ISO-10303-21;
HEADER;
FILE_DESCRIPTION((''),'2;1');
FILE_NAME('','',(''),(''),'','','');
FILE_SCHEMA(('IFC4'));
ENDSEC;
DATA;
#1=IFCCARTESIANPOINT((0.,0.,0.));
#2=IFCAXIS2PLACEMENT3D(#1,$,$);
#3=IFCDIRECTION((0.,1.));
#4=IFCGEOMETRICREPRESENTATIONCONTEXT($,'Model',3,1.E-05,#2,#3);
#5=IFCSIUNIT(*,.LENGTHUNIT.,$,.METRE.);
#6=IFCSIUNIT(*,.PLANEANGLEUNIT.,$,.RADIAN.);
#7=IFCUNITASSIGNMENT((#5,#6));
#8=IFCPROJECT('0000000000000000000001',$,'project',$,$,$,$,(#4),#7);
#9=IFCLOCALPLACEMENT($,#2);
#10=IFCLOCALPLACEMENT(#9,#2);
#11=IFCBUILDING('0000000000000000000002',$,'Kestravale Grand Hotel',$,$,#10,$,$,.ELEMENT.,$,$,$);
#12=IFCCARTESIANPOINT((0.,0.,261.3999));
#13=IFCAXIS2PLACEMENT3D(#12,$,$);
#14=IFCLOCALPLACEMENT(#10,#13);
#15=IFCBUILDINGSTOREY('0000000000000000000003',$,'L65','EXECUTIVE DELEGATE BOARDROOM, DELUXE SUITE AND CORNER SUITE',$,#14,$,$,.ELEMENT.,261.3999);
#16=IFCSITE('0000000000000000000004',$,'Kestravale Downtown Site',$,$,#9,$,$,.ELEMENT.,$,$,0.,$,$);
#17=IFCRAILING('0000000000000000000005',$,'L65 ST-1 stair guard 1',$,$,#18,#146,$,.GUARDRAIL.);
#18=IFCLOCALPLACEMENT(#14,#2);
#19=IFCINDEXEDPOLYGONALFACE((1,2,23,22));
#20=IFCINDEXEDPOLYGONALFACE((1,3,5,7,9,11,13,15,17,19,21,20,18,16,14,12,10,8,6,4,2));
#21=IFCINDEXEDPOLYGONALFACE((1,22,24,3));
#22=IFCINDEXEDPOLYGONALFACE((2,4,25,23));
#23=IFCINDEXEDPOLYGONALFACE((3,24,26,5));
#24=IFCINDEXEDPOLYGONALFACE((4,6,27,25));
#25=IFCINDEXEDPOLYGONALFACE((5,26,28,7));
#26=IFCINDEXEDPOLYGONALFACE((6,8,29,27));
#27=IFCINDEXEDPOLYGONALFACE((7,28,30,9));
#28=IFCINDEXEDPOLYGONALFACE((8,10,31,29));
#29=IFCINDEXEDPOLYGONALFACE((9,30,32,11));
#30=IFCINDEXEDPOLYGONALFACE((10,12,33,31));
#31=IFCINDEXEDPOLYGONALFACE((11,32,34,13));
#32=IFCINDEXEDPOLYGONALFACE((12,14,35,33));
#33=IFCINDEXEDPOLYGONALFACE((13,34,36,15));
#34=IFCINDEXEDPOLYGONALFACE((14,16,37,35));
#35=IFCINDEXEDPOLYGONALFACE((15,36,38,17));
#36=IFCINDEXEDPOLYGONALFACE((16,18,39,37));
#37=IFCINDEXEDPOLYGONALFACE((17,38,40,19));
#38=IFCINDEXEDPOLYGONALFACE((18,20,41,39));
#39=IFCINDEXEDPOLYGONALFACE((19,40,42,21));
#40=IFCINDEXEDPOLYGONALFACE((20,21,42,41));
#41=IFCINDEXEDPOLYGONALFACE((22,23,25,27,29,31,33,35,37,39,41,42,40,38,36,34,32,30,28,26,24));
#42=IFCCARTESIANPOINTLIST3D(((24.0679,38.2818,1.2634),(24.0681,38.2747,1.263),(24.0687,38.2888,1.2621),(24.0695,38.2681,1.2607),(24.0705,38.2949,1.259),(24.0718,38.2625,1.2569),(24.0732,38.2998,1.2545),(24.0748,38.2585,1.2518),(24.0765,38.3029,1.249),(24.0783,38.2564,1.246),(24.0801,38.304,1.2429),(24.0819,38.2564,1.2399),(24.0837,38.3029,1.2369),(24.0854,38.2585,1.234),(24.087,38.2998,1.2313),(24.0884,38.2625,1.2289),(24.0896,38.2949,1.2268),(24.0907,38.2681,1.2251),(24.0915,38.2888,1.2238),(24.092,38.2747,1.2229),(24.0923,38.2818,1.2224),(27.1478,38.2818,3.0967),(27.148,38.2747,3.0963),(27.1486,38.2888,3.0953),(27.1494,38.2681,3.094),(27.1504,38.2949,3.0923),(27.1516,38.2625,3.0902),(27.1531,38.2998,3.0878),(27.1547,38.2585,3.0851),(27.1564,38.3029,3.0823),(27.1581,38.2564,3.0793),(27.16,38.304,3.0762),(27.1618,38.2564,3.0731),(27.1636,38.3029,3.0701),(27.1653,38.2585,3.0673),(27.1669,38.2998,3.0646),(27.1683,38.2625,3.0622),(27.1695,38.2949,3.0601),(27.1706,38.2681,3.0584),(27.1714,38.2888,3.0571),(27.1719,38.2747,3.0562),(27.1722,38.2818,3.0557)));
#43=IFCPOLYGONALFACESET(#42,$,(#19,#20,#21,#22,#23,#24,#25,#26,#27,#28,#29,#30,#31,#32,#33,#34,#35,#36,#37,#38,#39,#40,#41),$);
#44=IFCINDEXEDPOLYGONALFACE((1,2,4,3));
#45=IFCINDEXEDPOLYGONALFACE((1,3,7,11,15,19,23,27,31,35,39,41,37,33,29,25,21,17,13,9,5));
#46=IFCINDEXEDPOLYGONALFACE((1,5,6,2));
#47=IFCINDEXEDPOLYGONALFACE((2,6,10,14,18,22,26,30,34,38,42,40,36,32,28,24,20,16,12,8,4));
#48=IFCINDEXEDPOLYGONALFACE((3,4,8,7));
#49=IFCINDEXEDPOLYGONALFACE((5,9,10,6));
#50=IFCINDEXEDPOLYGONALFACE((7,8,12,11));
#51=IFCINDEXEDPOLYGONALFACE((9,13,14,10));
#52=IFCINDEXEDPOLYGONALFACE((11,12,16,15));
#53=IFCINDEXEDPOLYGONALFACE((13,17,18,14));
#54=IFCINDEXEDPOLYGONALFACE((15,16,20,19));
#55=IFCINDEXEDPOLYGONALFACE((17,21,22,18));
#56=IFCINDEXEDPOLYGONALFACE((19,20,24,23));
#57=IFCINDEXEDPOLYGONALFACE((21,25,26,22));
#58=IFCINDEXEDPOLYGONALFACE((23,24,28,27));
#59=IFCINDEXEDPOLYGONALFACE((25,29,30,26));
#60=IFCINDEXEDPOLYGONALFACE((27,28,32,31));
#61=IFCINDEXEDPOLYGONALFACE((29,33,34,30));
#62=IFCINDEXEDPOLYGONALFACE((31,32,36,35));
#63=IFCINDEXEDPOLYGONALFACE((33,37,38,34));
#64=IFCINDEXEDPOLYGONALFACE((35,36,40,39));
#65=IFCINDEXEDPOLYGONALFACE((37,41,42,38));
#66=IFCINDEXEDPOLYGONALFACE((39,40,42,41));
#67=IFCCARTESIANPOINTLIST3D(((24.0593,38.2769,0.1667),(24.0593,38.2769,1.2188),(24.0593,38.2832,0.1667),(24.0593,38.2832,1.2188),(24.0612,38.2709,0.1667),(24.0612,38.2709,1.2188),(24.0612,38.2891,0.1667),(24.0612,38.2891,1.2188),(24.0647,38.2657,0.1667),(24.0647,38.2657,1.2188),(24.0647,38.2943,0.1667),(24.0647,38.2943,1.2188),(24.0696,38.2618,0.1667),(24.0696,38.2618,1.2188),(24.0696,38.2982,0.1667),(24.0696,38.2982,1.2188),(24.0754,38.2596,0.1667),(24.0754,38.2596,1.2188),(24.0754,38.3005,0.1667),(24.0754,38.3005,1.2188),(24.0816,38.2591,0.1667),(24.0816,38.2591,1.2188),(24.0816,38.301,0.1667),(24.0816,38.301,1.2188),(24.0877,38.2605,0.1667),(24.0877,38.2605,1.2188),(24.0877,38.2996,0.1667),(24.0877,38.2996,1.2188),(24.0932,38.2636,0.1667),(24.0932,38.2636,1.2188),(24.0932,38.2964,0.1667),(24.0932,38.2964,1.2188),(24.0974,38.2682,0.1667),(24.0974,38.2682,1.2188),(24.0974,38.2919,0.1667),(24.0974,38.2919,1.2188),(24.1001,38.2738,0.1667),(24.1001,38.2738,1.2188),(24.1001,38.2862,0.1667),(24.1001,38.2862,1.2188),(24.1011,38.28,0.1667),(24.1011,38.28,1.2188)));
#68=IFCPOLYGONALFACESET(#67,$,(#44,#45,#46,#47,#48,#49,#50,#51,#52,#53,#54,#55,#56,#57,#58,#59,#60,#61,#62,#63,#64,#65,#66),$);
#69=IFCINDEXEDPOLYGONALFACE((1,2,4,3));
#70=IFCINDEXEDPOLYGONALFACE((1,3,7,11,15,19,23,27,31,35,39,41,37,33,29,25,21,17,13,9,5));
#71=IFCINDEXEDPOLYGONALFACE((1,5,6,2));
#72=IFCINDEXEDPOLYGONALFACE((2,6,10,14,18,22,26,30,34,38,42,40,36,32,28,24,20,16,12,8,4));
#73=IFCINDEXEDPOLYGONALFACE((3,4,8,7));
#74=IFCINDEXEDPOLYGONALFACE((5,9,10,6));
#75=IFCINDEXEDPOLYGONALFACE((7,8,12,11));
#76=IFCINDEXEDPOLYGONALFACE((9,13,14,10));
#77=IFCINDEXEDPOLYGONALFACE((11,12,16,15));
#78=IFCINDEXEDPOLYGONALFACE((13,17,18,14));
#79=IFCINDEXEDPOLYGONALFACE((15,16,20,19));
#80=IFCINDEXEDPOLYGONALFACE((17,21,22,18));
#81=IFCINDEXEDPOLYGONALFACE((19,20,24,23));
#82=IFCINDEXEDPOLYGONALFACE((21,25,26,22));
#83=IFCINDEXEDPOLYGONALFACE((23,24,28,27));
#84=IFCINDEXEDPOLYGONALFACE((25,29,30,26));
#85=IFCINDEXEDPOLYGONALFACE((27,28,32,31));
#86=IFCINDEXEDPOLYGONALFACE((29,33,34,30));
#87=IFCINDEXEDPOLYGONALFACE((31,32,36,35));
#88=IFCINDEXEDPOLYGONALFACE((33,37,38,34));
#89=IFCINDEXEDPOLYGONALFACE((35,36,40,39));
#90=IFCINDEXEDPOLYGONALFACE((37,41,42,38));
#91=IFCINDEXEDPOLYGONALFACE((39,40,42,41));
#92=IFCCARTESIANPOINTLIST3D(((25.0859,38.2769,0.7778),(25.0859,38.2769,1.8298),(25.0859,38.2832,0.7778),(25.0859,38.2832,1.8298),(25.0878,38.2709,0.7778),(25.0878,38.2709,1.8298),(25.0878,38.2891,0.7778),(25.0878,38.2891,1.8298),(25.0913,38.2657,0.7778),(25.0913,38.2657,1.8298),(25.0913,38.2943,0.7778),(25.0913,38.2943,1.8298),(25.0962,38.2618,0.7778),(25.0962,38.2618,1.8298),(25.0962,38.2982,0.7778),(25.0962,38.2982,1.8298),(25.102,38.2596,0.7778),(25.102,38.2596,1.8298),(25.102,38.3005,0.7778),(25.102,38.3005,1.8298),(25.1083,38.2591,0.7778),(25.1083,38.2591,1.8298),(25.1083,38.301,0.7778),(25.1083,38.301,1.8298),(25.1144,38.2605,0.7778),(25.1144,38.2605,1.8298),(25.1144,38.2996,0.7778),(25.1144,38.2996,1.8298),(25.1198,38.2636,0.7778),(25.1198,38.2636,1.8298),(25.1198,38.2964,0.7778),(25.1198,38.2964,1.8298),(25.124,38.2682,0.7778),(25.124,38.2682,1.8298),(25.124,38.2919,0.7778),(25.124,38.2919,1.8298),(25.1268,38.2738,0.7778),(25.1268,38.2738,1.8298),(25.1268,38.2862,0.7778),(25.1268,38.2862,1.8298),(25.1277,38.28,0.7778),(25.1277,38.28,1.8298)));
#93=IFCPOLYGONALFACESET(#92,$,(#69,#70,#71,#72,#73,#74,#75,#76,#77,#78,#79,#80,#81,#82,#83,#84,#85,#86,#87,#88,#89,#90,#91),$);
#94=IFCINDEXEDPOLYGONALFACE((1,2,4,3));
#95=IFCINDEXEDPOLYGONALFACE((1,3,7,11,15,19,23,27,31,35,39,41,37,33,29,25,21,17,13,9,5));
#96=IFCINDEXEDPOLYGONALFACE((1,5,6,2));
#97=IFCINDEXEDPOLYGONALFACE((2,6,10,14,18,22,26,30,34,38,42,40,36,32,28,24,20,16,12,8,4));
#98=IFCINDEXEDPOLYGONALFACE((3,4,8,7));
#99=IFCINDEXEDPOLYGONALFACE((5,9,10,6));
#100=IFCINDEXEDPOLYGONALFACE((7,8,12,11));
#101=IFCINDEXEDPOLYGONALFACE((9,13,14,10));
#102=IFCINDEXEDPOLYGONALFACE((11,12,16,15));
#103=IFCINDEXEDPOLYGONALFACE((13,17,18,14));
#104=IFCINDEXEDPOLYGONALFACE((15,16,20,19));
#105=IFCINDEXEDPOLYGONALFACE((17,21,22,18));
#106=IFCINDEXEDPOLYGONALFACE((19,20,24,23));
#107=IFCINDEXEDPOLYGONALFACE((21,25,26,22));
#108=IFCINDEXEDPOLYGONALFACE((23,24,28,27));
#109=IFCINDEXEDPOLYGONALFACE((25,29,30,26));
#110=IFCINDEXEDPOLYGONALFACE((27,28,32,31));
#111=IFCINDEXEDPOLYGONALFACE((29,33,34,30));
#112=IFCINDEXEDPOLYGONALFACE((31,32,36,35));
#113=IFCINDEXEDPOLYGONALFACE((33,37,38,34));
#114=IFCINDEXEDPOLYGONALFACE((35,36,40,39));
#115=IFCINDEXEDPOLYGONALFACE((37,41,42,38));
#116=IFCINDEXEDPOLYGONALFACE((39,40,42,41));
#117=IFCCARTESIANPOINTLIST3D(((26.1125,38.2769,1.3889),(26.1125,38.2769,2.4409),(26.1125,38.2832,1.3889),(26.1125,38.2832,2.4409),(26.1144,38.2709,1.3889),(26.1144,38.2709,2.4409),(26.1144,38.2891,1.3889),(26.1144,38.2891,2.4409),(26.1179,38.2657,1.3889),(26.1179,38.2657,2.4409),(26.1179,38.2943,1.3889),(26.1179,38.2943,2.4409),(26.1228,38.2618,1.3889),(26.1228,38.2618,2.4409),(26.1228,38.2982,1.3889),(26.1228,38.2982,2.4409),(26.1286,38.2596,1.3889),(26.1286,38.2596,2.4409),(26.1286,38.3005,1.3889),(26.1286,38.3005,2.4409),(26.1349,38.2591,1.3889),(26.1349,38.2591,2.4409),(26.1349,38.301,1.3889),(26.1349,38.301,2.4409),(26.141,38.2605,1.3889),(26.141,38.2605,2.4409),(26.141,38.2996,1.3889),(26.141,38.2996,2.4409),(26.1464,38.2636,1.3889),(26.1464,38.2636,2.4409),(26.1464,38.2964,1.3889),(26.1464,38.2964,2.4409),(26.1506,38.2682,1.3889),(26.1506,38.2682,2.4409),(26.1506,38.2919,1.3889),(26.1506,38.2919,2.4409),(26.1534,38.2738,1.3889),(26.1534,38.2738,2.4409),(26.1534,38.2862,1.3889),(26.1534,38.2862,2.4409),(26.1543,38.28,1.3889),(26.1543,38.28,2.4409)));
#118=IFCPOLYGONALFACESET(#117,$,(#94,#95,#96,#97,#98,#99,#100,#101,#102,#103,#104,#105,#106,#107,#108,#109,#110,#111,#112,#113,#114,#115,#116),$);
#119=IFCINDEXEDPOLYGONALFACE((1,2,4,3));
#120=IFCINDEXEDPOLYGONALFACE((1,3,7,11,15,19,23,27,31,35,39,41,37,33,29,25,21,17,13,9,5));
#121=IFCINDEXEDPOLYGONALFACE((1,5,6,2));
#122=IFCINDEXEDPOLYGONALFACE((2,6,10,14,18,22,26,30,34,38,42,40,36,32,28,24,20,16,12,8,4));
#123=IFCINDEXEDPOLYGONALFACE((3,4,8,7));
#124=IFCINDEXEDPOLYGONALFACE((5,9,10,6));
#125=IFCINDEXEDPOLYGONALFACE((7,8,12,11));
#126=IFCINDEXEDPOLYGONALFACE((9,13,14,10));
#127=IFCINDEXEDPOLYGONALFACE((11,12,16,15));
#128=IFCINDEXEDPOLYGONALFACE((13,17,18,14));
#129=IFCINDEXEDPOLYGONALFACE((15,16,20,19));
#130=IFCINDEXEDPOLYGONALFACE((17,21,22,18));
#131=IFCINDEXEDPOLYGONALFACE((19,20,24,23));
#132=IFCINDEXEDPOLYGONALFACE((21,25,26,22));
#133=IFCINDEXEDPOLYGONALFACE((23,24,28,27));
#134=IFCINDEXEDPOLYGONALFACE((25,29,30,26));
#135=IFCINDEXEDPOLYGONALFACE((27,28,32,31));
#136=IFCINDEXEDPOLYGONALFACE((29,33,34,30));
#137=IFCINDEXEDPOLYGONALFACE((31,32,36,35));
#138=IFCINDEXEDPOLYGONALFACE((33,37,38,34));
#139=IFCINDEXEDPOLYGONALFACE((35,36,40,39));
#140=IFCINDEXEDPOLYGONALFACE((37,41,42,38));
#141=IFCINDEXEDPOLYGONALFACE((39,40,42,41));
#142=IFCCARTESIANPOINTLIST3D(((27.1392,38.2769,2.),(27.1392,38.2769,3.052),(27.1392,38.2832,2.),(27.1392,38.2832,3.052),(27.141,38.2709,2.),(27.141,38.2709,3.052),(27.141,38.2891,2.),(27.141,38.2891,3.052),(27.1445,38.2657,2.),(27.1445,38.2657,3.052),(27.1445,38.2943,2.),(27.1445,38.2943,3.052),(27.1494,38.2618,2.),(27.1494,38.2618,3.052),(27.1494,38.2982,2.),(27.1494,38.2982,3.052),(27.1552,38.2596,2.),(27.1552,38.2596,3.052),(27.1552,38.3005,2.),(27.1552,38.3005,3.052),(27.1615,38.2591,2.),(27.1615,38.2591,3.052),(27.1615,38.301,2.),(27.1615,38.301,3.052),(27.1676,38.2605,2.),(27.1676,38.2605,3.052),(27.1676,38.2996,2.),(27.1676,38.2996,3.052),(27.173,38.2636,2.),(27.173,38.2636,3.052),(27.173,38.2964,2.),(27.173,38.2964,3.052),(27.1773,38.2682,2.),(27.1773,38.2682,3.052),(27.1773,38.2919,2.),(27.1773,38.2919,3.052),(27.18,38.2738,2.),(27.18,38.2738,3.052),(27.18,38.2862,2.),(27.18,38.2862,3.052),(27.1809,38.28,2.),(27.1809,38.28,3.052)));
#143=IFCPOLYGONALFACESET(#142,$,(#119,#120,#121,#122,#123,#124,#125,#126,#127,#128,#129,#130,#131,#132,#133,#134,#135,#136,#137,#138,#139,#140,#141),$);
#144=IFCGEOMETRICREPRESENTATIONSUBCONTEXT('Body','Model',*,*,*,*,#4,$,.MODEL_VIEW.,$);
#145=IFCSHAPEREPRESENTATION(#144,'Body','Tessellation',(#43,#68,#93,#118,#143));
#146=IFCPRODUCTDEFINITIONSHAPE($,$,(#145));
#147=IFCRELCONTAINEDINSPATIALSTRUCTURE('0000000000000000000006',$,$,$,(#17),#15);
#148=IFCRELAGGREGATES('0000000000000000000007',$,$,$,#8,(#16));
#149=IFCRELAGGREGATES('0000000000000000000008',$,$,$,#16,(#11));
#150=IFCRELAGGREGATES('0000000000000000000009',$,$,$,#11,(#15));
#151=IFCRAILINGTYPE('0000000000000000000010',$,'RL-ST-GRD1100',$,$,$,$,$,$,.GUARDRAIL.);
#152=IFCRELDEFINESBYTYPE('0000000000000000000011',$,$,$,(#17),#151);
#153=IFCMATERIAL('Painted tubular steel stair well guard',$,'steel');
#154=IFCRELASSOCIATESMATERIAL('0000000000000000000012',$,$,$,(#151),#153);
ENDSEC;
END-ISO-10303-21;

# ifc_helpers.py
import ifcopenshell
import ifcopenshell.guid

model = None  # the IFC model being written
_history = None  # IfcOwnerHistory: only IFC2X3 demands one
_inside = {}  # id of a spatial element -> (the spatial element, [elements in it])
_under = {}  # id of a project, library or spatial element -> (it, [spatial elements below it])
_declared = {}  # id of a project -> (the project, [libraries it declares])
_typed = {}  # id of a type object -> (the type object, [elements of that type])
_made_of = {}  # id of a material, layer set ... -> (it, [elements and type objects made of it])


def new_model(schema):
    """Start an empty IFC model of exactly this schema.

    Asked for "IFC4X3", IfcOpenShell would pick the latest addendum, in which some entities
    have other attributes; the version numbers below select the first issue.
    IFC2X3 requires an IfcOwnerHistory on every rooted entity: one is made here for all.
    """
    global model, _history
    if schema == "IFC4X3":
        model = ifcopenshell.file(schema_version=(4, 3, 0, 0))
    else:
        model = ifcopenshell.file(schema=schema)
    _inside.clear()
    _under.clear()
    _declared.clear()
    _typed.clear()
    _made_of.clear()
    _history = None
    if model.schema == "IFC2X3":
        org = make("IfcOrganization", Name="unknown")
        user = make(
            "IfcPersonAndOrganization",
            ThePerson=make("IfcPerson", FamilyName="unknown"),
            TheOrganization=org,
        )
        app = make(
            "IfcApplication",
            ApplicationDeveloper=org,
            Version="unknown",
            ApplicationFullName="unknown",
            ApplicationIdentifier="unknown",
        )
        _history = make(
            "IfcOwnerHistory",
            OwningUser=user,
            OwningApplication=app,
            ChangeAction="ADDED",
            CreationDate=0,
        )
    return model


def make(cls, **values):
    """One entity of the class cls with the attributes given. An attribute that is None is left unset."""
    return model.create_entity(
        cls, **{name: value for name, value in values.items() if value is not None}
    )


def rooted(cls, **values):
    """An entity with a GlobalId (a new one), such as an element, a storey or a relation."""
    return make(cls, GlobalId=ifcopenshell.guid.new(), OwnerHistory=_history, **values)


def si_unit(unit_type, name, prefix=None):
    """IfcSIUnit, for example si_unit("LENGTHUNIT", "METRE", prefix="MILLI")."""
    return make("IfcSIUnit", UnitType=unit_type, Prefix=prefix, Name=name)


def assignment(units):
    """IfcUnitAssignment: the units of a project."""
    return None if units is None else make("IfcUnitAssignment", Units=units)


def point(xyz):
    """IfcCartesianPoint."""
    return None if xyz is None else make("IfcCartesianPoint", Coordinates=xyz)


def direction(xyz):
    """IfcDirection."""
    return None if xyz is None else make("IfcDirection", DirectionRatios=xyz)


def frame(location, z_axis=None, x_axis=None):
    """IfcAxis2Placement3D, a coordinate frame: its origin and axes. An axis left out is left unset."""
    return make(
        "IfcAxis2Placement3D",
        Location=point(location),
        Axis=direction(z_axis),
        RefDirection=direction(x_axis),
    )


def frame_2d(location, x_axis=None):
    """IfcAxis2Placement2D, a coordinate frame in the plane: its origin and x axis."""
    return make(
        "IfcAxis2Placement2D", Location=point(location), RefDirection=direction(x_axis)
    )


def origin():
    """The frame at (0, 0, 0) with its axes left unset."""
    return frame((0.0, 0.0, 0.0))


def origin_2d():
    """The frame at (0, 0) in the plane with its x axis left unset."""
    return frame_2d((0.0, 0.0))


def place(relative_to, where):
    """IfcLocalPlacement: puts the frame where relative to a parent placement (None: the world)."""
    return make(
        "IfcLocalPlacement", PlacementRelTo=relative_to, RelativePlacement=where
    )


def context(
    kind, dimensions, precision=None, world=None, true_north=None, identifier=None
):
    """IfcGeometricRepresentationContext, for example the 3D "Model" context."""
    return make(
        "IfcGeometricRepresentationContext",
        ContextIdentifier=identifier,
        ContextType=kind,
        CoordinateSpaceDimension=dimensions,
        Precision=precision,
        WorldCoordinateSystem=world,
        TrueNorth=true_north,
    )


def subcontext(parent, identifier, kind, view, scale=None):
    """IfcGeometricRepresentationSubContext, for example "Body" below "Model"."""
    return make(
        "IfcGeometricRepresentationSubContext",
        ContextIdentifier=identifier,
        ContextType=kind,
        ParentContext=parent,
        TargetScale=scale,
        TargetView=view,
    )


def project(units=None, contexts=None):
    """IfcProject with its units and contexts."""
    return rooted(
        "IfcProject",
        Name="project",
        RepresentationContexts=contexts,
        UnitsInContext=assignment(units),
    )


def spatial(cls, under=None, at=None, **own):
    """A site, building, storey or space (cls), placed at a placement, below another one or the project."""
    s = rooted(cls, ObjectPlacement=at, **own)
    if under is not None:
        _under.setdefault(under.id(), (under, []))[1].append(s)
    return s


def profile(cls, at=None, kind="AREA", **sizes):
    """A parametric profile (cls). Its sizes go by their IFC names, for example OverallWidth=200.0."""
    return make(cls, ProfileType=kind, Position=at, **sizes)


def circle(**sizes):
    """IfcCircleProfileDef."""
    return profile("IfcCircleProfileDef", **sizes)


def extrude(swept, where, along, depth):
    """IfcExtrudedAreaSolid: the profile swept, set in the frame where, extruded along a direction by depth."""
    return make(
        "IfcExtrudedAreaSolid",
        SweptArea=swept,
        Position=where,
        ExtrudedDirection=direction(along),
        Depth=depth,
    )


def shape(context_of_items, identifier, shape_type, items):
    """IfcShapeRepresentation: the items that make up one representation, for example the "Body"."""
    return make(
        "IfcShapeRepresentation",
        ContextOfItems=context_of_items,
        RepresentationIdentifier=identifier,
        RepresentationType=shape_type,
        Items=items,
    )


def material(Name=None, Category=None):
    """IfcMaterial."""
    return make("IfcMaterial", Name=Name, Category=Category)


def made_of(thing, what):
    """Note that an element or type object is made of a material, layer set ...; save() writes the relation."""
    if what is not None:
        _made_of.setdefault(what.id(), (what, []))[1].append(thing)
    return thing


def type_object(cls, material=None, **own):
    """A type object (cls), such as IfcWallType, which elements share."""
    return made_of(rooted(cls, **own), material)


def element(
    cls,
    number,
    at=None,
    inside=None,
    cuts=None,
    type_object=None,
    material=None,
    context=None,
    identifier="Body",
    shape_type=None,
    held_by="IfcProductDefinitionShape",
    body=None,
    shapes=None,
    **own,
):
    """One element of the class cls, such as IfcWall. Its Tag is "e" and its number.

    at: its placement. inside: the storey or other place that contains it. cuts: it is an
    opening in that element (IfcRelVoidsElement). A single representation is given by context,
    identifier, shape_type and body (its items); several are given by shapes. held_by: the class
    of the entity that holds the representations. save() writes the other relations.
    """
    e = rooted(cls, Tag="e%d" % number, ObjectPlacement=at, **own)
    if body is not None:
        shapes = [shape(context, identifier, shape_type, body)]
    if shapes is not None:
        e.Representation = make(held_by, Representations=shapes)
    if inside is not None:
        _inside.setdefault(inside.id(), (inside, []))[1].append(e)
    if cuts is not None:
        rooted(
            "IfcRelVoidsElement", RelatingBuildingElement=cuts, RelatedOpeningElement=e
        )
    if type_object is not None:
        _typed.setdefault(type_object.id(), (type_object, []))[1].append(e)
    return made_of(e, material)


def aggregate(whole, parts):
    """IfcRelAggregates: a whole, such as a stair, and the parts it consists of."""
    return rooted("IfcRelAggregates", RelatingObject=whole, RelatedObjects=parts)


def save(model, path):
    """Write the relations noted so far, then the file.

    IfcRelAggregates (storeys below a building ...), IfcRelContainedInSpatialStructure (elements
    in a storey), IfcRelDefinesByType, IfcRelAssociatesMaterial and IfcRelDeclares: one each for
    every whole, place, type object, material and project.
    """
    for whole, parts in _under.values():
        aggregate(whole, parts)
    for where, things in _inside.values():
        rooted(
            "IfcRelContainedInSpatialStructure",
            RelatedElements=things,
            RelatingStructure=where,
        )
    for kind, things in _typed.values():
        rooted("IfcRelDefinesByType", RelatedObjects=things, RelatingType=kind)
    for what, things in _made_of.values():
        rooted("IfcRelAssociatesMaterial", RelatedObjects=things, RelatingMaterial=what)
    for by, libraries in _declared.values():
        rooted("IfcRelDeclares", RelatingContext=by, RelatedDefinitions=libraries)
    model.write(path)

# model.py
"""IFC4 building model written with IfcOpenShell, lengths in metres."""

from ifc_helpers import new_model, si_unit, direction, frame, origin, origin_2d, place, context, subcontext, project, spatial, circle, extrude, material, type_object, element, save


model = new_model("IFC4")

# Units and contexts
model_context = context("Model", 3, precision=1e-05, world=origin(), true_north=direction((0.0, 1.0)))
body_context = subcontext(model_context, "Body", "Model", "MODEL_VIEW")
ifc_project = project(units=[si_unit("LENGTHUNIT", "METRE"), si_unit("PLANEANGLEUNIT", "RADIAN")], contexts=[model_context])

# Site, building, storey
site_placement = place(None, origin())
site = spatial("IfcSite", under=ifc_project, at=site_placement, Name="Kestravale Downtown Site", CompositionType="ELEMENT", RefElevation=0.0)
building_placement = place(site_placement, origin())
building = spatial("IfcBuilding", under=site, at=building_placement, Name="Kestravale Grand Hotel", CompositionType="ELEMENT")
storey_placement = place(building_placement, frame((0.0, 0.0, 261.3999)))
storey = spatial("IfcBuildingStorey", under=building, at=storey_placement, Name="L65", Description="EXECUTIVE DELEGATE BOARDROOM, DELUXE SUITE AND CORNER SUITE", CompositionType="ELEMENT", Elevation=261.3999)

# Railing
ifc_material_1 = material(Name="Painted tubular steel stair well guard", Category="steel")
railing_type_1 = type_object("IfcRailingType", Name="RL-ST-GRD1100", PredefinedType="GUARDRAIL", material=ifc_material_1)
railing_1_placement = place(storey_placement, frame((24.0801, 38.28, 0.1667)))
element("IfcRailing", 1, at=railing_1_placement, inside=storey, type_object=railing_type_1, Name="L65 ST-1 stair guard 1", PredefinedType="GUARDRAIL", context=body_context, shape_type="SweptSolid", body=[
    extrude(circle(Radius=0.0239, at=origin_2d()), frame((0.0, 0.0, 1.0762), z_axis=(0.859291, 0.0, 0.511487), x_axis=(0.0, 1.0, 0.0)), (0.0, 0.0, 1.0), 3.5842),
    extrude(circle(Radius=0.021, at=origin_2d()), origin(), (0.0, 0.0, 1.0), 1.052),
    extrude(circle(Radius=0.021, at=origin_2d()), frame((1.0266, 0.0, 0.6111)), (0.0, 0.0, 1.0), 1.052),
    extrude(circle(Radius=0.021, at=origin_2d()), frame((2.0532, 0.0, 1.2222)), (0.0, 0.0, 1.0), 1.052),
    extrude(circle(Radius=0.021, at=origin_2d()), frame((3.0798, 0.0, 1.8333)), (0.0, 0.0, 1.0), 1.052),
])

save(model, "model.ifc")
